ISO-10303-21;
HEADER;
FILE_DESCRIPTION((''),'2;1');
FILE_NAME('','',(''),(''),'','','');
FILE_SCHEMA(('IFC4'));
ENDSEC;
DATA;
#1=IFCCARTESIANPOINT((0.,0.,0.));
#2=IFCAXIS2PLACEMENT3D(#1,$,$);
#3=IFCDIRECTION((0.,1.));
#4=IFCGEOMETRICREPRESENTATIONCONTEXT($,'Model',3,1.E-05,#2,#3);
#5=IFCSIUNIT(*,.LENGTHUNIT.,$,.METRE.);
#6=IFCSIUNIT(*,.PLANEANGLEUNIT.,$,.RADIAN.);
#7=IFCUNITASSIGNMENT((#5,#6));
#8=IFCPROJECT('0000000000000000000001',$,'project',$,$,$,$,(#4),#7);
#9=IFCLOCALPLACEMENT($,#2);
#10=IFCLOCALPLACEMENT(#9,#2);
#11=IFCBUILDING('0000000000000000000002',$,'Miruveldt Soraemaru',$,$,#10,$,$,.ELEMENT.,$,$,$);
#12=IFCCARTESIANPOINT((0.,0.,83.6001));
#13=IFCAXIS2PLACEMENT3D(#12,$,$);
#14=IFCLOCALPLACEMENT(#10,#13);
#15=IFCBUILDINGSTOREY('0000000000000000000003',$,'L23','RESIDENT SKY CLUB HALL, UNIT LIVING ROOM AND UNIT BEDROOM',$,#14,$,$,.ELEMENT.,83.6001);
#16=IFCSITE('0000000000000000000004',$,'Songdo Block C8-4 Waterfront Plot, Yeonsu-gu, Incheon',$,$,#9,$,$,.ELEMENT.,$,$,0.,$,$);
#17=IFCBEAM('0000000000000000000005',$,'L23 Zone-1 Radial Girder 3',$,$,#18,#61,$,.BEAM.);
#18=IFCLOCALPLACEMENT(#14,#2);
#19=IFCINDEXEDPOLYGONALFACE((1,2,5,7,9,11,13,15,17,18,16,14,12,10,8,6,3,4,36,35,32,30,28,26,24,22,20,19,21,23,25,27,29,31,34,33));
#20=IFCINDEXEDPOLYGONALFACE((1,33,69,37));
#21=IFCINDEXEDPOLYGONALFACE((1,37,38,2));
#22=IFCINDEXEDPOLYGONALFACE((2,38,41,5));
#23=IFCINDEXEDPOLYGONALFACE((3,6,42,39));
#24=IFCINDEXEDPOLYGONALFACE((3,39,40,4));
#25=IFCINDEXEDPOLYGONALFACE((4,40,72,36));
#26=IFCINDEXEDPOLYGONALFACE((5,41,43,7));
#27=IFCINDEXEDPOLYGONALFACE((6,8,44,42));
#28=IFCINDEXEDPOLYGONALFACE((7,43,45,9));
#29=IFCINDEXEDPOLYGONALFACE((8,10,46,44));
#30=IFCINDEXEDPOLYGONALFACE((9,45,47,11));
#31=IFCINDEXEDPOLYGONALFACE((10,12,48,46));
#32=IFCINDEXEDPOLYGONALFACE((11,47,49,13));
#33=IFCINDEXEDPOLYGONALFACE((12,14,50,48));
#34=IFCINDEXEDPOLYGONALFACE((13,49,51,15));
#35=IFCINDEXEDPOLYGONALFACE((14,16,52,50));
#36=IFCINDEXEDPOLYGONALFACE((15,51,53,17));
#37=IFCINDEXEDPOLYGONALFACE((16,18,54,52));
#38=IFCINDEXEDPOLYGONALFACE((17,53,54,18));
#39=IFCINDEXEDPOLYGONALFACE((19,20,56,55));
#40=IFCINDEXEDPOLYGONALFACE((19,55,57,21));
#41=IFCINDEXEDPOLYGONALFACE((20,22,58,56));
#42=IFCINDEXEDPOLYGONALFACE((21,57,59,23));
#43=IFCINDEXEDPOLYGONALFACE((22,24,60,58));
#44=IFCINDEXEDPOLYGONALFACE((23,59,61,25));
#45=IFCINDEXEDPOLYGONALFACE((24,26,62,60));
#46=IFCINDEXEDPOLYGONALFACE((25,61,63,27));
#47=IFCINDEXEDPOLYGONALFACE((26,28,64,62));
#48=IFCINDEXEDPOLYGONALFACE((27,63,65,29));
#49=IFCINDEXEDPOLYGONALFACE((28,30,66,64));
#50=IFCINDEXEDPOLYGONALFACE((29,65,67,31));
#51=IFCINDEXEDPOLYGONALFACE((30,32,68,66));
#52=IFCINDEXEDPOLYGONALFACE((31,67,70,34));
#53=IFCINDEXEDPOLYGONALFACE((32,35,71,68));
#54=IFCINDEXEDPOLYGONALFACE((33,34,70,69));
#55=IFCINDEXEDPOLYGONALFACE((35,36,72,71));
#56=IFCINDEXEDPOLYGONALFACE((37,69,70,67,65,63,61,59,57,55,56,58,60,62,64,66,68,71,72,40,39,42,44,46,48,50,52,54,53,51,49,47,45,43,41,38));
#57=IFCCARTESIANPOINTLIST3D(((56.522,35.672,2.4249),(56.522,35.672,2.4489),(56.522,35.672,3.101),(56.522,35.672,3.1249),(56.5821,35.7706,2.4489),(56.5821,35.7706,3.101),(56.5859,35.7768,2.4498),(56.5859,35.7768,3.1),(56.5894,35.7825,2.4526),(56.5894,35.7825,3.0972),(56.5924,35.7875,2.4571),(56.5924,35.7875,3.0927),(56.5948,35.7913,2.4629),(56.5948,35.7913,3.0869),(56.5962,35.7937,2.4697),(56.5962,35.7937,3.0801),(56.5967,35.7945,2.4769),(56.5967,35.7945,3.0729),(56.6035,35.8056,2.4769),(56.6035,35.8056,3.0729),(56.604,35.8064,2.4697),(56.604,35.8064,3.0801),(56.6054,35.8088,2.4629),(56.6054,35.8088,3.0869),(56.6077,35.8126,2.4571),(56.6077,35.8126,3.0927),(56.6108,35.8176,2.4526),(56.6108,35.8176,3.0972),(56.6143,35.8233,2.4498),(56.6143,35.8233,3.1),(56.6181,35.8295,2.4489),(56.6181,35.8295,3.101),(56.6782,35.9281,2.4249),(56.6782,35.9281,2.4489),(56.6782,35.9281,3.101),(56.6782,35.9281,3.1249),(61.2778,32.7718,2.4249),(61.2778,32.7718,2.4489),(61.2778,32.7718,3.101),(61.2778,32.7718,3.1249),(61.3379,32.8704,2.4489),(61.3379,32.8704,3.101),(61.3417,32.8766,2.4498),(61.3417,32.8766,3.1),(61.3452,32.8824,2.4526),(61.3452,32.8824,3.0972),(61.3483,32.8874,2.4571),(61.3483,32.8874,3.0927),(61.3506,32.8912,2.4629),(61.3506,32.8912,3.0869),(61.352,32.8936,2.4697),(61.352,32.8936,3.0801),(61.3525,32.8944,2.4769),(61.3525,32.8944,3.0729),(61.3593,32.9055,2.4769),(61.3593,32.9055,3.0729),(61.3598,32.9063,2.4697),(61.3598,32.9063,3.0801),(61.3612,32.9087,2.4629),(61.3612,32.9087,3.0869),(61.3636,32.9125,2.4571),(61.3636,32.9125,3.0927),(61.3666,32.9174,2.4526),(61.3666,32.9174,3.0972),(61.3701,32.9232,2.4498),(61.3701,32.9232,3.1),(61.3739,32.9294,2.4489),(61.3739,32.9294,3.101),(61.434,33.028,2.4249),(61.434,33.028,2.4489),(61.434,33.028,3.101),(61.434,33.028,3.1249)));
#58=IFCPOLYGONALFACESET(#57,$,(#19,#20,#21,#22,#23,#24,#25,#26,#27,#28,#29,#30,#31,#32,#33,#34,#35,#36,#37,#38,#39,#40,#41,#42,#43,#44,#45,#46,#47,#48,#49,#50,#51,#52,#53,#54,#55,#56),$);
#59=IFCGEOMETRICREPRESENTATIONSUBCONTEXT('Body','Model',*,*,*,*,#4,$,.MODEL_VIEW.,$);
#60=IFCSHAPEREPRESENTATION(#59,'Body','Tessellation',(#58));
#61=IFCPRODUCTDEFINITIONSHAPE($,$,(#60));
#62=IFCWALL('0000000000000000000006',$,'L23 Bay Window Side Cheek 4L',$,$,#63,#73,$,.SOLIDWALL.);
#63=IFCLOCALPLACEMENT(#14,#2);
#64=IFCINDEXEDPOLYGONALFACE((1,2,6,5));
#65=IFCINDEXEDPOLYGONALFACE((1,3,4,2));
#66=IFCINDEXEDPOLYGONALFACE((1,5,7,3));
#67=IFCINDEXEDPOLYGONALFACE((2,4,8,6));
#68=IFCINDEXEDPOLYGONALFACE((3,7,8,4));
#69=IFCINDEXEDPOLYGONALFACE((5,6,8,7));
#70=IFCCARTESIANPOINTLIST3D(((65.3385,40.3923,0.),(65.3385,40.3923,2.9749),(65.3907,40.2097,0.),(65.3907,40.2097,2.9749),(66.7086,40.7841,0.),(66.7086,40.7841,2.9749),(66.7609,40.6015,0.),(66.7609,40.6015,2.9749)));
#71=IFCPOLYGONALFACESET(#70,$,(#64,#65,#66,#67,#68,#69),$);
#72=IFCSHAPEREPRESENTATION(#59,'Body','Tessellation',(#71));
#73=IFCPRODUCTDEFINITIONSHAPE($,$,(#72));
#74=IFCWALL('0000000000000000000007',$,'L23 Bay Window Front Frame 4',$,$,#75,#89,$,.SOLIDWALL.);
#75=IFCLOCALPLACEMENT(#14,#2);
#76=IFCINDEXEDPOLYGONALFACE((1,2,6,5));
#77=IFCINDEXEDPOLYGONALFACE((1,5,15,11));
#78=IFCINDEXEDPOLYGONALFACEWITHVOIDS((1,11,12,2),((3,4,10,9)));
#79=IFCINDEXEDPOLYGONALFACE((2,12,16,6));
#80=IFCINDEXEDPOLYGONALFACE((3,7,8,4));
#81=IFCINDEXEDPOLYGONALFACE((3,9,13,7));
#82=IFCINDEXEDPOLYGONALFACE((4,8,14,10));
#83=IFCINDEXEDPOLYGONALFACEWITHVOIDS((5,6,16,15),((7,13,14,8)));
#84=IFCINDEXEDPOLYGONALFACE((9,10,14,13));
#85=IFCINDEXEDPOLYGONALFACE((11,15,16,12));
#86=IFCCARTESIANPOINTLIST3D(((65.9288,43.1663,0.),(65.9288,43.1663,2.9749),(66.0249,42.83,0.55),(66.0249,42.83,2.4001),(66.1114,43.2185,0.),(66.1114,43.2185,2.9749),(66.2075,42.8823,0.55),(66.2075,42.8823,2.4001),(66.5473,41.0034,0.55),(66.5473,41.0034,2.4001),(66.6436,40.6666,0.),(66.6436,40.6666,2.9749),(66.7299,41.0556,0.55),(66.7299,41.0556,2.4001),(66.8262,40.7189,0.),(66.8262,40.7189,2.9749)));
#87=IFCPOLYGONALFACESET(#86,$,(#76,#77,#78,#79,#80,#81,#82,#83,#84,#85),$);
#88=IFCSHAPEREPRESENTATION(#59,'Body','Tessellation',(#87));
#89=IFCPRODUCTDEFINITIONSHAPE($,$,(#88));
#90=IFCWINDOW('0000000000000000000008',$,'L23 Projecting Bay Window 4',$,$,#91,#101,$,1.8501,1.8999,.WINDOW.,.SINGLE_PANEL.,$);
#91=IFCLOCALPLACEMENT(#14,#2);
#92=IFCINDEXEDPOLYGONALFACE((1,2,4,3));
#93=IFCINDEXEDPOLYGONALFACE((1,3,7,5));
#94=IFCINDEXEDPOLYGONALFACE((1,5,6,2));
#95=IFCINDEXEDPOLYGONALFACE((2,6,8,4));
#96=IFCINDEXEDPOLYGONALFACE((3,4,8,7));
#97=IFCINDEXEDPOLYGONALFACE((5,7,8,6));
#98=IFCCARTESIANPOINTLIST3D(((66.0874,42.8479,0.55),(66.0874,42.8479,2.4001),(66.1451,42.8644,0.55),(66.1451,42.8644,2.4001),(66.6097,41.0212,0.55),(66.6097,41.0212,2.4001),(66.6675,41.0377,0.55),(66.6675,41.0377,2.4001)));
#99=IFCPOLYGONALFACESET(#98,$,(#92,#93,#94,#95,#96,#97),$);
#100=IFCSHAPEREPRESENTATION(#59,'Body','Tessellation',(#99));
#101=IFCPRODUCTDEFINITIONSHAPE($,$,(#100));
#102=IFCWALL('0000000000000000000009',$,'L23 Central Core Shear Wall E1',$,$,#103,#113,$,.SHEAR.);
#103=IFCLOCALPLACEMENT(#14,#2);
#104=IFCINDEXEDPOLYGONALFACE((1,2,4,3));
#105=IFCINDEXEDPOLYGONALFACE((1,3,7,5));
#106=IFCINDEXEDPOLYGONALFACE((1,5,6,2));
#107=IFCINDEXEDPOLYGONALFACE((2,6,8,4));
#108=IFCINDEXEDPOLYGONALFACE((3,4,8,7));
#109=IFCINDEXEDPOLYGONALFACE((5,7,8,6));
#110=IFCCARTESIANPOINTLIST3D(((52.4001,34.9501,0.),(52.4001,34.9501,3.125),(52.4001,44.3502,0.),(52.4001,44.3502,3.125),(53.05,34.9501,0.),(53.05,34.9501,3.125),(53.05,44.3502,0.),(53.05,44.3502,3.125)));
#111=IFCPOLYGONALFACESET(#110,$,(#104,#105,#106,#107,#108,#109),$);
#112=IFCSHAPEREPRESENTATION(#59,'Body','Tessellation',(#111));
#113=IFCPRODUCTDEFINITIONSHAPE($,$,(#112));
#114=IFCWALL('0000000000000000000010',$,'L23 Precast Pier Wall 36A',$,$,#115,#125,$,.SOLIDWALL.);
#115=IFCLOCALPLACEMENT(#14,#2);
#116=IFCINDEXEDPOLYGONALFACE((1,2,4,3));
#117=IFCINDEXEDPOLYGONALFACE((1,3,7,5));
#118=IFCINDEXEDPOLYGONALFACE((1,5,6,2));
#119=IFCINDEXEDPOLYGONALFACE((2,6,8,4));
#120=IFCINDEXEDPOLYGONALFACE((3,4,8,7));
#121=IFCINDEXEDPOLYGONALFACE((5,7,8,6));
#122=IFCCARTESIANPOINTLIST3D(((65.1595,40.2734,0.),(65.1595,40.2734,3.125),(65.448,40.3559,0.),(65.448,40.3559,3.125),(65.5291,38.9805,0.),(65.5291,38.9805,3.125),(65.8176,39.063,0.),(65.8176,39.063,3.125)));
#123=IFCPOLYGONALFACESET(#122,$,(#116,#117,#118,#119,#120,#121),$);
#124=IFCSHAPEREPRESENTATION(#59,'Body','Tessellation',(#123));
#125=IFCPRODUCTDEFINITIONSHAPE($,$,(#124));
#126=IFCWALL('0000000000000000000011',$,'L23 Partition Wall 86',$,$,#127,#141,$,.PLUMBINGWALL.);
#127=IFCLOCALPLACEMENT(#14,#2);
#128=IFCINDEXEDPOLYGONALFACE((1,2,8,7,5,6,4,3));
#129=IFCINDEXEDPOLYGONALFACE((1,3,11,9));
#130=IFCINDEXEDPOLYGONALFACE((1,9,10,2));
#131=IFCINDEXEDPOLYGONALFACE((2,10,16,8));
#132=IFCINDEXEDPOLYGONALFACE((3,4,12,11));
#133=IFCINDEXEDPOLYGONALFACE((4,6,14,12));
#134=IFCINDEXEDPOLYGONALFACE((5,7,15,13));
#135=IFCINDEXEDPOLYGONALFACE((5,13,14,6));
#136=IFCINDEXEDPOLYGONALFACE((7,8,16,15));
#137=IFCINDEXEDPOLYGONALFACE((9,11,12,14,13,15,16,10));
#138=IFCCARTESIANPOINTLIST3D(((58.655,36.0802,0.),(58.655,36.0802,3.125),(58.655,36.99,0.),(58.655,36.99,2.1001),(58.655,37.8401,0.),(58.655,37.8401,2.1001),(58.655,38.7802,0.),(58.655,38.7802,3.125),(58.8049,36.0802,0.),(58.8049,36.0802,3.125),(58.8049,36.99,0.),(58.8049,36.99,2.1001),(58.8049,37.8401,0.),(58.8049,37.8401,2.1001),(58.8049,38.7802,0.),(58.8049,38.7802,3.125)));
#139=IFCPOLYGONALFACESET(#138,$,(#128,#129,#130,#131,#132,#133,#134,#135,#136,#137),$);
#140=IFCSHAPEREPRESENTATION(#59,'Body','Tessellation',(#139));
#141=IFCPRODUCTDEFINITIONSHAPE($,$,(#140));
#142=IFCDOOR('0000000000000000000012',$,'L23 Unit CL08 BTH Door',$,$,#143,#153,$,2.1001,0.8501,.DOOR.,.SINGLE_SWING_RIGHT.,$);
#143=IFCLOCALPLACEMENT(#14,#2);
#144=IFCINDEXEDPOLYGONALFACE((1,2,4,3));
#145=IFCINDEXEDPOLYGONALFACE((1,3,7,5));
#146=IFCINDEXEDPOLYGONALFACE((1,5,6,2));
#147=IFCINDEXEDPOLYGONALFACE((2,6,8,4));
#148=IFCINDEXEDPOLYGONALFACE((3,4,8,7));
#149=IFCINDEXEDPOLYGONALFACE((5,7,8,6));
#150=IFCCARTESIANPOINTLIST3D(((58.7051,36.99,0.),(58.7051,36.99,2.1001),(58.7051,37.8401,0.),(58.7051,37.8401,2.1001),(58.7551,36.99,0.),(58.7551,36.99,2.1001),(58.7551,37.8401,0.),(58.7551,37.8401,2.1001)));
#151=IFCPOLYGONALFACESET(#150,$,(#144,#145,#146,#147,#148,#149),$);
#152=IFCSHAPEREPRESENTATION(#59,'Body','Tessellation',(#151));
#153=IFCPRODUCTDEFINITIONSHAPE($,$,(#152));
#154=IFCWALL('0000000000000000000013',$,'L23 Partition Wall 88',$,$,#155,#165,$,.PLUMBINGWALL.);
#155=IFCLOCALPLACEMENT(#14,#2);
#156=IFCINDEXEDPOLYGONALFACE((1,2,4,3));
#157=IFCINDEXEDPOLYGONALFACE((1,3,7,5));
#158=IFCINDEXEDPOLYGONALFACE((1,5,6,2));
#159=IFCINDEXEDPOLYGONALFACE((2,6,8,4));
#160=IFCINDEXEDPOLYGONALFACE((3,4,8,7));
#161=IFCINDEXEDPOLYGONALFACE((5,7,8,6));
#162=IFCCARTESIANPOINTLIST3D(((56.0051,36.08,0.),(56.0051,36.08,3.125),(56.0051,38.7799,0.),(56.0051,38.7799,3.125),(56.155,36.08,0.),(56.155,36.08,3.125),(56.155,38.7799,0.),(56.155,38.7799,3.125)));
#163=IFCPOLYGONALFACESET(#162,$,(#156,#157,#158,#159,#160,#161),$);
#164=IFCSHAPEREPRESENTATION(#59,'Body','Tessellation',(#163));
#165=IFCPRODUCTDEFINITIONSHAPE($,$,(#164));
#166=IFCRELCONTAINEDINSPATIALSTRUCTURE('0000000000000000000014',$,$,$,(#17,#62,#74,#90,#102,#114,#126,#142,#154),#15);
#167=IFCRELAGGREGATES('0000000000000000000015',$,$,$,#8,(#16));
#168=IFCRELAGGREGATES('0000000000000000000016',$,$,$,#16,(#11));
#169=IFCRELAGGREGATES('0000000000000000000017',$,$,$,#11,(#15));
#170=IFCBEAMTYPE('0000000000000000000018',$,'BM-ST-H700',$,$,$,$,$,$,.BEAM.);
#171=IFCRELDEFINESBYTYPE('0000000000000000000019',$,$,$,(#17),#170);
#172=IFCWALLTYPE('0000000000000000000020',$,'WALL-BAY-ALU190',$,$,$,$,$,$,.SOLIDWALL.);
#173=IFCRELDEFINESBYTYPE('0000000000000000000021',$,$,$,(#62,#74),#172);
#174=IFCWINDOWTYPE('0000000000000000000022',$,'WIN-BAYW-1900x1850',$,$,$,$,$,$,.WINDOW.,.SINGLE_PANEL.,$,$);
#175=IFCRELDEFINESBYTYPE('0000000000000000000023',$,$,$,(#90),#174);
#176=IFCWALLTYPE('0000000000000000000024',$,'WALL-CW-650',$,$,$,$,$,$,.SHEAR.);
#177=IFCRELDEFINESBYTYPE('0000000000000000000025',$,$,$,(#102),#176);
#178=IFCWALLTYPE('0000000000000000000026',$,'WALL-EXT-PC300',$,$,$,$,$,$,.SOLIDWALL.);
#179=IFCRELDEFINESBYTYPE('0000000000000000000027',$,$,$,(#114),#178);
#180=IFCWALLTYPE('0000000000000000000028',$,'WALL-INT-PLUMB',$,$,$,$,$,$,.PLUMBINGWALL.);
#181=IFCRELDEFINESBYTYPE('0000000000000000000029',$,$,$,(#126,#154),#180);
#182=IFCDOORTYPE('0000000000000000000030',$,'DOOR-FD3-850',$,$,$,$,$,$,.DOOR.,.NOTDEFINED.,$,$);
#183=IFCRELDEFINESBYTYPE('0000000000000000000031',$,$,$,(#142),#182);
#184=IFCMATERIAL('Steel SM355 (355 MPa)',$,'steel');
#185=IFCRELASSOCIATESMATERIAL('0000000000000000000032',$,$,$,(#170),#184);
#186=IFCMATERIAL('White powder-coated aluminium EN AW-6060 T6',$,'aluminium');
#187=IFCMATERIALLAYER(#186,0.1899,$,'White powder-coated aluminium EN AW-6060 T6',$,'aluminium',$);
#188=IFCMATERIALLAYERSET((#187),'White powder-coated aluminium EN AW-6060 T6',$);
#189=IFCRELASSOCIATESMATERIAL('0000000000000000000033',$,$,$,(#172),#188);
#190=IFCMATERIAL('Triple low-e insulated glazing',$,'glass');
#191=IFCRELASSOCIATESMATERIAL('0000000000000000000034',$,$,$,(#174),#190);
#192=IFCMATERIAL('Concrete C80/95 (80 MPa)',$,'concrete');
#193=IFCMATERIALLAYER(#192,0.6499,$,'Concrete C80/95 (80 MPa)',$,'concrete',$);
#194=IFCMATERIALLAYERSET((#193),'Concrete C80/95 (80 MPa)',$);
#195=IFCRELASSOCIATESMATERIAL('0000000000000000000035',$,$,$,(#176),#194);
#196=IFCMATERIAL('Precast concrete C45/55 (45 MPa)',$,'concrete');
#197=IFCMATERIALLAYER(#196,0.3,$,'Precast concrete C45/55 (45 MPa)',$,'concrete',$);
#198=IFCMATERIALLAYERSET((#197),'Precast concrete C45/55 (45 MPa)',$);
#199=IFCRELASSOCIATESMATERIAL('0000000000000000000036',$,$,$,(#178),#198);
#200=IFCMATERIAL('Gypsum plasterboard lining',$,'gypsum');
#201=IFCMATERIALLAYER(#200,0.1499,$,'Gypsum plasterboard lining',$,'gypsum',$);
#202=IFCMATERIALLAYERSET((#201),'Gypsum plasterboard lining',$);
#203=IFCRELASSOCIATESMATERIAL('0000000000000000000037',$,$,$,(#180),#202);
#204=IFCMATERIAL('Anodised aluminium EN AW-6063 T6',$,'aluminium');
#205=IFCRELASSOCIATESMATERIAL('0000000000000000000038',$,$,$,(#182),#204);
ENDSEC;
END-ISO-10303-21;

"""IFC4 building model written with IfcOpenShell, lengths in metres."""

from ifc_helpers import new_model, si_unit, direction, frame, frame_2d, origin, origin_2d, place, context, subcontext, project, spatial, rectangle, i_section, extrude, material, layer, layer_set, material_profile, profile_set, type_object, element, fill, save


model = new_model("IFC4")

# Units and contexts
model_context = context("Model", 3, precision=1e-05, world=origin(), true_north=direction((0.0, 1.0)))
body_context = subcontext(model_context, "Body", "Model", "MODEL_VIEW")
ifc_project = project(units=[si_unit("LENGTHUNIT", "METRE"), si_unit("PLANEANGLEUNIT", "RADIAN")], contexts=[model_context])

# Site, building, storey
site_placement = place(None, origin())
site = spatial("IfcSite", under=ifc_project, at=site_placement, Name="Songdo Block C8-4 Waterfront Plot, Yeonsu-gu, Incheon", CompositionType="ELEMENT", RefElevation=0.0)
building_placement = place(site_placement, origin())
building = spatial("IfcBuilding", under=site, at=building_placement, Name="Miruveldt Soraemaru", CompositionType="ELEMENT")
storey_placement = place(building_placement, frame((0.0, 0.0, 83.6001)))
storey = spatial("IfcBuildingStorey", under=building, at=storey_placement, Name="L23", Description="RESIDENT SKY CLUB HALL, UNIT LIVING ROOM AND UNIT BEDROOM", CompositionType="ELEMENT", Elevation=83.6001)

# Beam
ifc_material_1 = material(Name="Steel SM355 (355 MPa)", Category="steel")
ifc_material_profile_1 = material_profile(ifc_material_1, i_section(OverallWidth=0.3, OverallDepth=0.7, WebThickness=0.0129, FlangeThickness=0.0239, FilletRadius=0.0281, at=origin_2d()), Name="Steel SM355 (355 MPa)", Category="steel")
ifc_profile_set_1 = profile_set([ifc_material_profile_1], Name="Steel SM355 (355 MPa)")
beam_type_1 = type_object("IfcBeamType", Name="BM-ST-H700", PredefinedType="BEAM", material=ifc_profile_set_1)
beam_1_placement = place(storey_placement, frame((56.6001, 35.8, 2.7749), z_axis=(0.853778, -0.520638, 0.0), x_axis=(0.520638, 0.853778, 0.0)))
element("IfcBeam", 1, at=beam_1_placement, inside=storey, type_object=beam_type_1, Name="L23 Zone-1 Radial Girder 3", PredefinedType="BEAM", context=body_context, shape_type="SweptSolid", body=[
    extrude(i_section(OverallWidth=0.3, OverallDepth=0.7, WebThickness=0.0129, FlangeThickness=0.0239, FilletRadius=0.0281, at=origin_2d()), origin(), (0.0, 0.0, 1.0), 5.5703),
])

# Wall
ifc_material_2 = material(Name="White powder-coated aluminium EN AW-6060 T6", Category="aluminium")
ifc_layer_1 = layer(ifc_material_2, 0.1899, Name="White powder-coated aluminium EN AW-6060 T6", Category="aluminium")
ifc_layer_set_1 = layer_set([ifc_layer_1], Name="White powder-coated aluminium EN AW-6060 T6")
wall_type_1 = type_object("IfcWallType", Name="WALL-BAY-ALU190", PredefinedType="SOLIDWALL", material=ifc_layer_set_1)
wall_1_placement = place(storey_placement, frame((65.3647, 40.301, 0.0), z_axis=(0.0, 0.0, 1.0), x_axis=(0.961453, 0.27497, 0.0)))
element("IfcWall", 2, at=wall_1_placement, inside=storey, type_object=wall_type_1, Name="L23 Bay Window Side Cheek 4L", PredefinedType="SOLIDWALL", context=body_context, shape_type="SweptSolid", body=[
    extrude(rectangle(XDim=1.425, YDim=0.1899, at=frame_2d((0.7124, 0.0))), origin(), (0.0, 0.0, 1.0), 2.9749),
])

# Wall, opening, window
wall_2_placement = place(storey_placement, frame((66.7349, 40.6929, 0.0), z_axis=(0.0, 0.0, 1.0), x_axis=(-0.274944, 0.96146, 0.0)))
wall_2 = element("IfcWall", 3, at=wall_2_placement, inside=storey, type_object=wall_type_1, Name="L23 Bay Window Front Frame 4", PredefinedType="SOLIDWALL", context=body_context, shape_type="SweptSolid", body=[
    extrude(rectangle(XDim=2.5999, YDim=0.1899, at=frame_2d((1.2998, 0.0))), origin(), (0.0, 0.0, 1.0), 2.9749),
])
opening_1_placement = place(wall_2_placement, frame((0.3501, 0.0, 0.55)))
opening_1 = element("IfcOpeningElement", 4, at=opening_1_placement, cuts=wall_2, PredefinedType="OPENING", context=body_context, shape_type="SweptSolid", body=[
    extrude(rectangle(XDim=1.8999, YDim=1.8501, at=frame_2d((0.95, 0.925))), frame((0.0, 0.105, 0.0), z_axis=(0.0, -1.0, 0.0), x_axis=(1.0, 0.0, 0.0)), (0.0, 0.0, 1.0), 0.21),
])
ifc_material_3 = material(Name="Triple low-e insulated glazing", Category="glass")
window_type = type_object("IfcWindowType", Name="WIN-BAYW-1900x1850", PartitioningType="SINGLE_PANEL", PredefinedType="WINDOW", material=ifc_material_3)
window_placement = place(opening_1_placement, origin())
window = element("IfcWindow", 5, at=window_placement, inside=storey, type_object=window_type, Name="L23 Projecting Bay Window 4", OverallHeight=1.8501, OverallWidth=1.8999, PartitioningType="SINGLE_PANEL", PredefinedType="WINDOW", context=body_context, shape_type="SweptSolid", body=[
    extrude(rectangle(XDim=1.8999, YDim=1.8501, at=frame_2d((0.95, 0.925))), frame((0.0, 0.03, 0.0), z_axis=(0.0, -1.0, 0.0), x_axis=(1.0, 0.0, 0.0)), (0.0, 0.0, 1.0), 0.0601),
])
fill(opening_1, window)

# Walls
ifc_material_4 = material(Name="Concrete C80/95 (80 MPa)", Category="concrete")
ifc_layer_2 = layer(ifc_material_4, 0.6499, Name="Concrete C80/95 (80 MPa)", Category="concrete")
ifc_layer_set_2 = layer_set([ifc_layer_2], Name="Concrete C80/95 (80 MPa)")
wall_type_2 = type_object("IfcWallType", Name="WALL-CW-650", PredefinedType="SHEAR", material=ifc_layer_set_2)
wall_3_placement = place(storey_placement, frame((52.7251, 34.95, 0.0), z_axis=(0.0, 0.0, 1.0), x_axis=(0.0, 1.0, 0.0)))
element("IfcWall", 6, at=wall_3_placement, inside=storey, type_object=wall_type_2, Name="L23 Central Core Shear Wall E1", PredefinedType="SHEAR", context=body_context, shape_type="SweptSolid", body=[
    extrude(rectangle(XDim=9.4001, YDim=0.6499, at=frame_2d((4.7002, 0.0))), origin(), (0.0, 0.0, 1.0), 3.125),
])
ifc_material_5 = material(Name="Precast concrete C45/55 (45 MPa)", Category="concrete")
ifc_layer_3 = layer(ifc_material_5, 0.3, Name="Precast concrete C45/55 (45 MPa)", Category="concrete")
ifc_layer_set_3 = layer_set([ifc_layer_3], Name="Precast concrete C45/55 (45 MPa)")
wall_type_3 = type_object("IfcWallType", Name="WALL-EXT-PC300", PredefinedType="SOLIDWALL", material=ifc_layer_set_3)
wall_4_placement = place(storey_placement, frame((65.6733, 39.0217, 0.0), z_axis=(0.0, 0.0, 1.0), x_axis=(-0.274865, 0.961483, 0.0)))
element("IfcWall", 7, at=wall_4_placement, inside=storey, type_object=wall_type_3, Name="L23 Precast Pier Wall 36A", PredefinedType="SOLIDWALL", context=body_context, shape_type="SweptSolid", body=[
    extrude(rectangle(XDim=1.3447, YDim=0.3, at=frame_2d((0.6724, 0.0))), origin(), (0.0, 0.0, 1.0), 3.125),
])

# Wall, opening, door
ifc_material_6 = material(Name="Gypsum plasterboard lining", Category="gypsum")
ifc_layer_4 = layer(ifc_material_6, 0.1499, Name="Gypsum plasterboard lining", Category="gypsum")
ifc_layer_set_4 = layer_set([ifc_layer_4], Name="Gypsum plasterboard lining")
wall_type_4 = type_object("IfcWallType", Name="WALL-INT-PLUMB", PredefinedType="PLUMBINGWALL", material=ifc_layer_set_4)
wall_5_placement = place(storey_placement, frame((58.73, 36.0801, 0.0), z_axis=(0.0, 0.0, 1.0), x_axis=(0.0, 1.0, 0.0)))
wall_5 = element("IfcWall", 8, at=wall_5_placement, inside=storey, type_object=wall_type_4, Name="L23 Partition Wall 86", PredefinedType="PLUMBINGWALL", context=body_context, shape_type="SweptSolid", body=[
    extrude(rectangle(XDim=2.7, YDim=0.1499, at=frame_2d((1.3501, 0.0))), origin(), (0.0, 0.0, 1.0), 3.125),
])
opening_2_placement = place(wall_5_placement, frame((0.9099, 0.0, 0.0)))
opening_2 = element("IfcOpeningElement", 9, at=opening_2_placement, cuts=wall_5, PredefinedType="OPENING", context=body_context, shape_type="SweptSolid", body=[
    extrude(rectangle(XDim=0.8501, YDim=2.1001, at=frame_2d((0.425, 1.05))), frame((0.0, 0.085, 0.0), z_axis=(0.0, -1.0, 0.0), x_axis=(1.0, 0.0, 0.0)), (0.0, 0.0, 1.0), 0.1699),
])
ifc_material_7 = material(Name="Anodised aluminium EN AW-6063 T6", Category="aluminium")
door_type_1 = type_object("IfcDoorType", Name="DOOR-FD3-850", OperationType="NOTDEFINED", PredefinedType="DOOR", material=ifc_material_7)
door_1_placement = place(opening_2_placement, origin())
door_1 = element("IfcDoor", 10, at=door_1_placement, inside=storey, type_object=door_type_1, Name="L23 Unit CL08 BTH Door", OperationType="SINGLE_SWING_RIGHT", OverallHeight=2.1001, OverallWidth=0.8501, PredefinedType="DOOR", context=body_context, shape_type="SweptSolid", body=[
    extrude(rectangle(XDim=0.8501, YDim=2.1001, at=frame_2d((0.425, 1.05))), frame((0.0, 0.0249, 0.0), z_axis=(0.0, -1.0, 0.0), x_axis=(1.0, 0.0, 0.0)), (0.0, 0.0, 1.0), 0.05),
])
fill(opening_2, door_1)

# Wall
wall_6_placement = place(storey_placement, frame((56.0801, 38.78, 0.0), z_axis=(0.0, 0.0, 1.0), x_axis=(0.0, -1.0, 0.0)))
element("IfcWall", 11, at=wall_6_placement, inside=storey, type_object=wall_type_4, Name="L23 Partition Wall 88", PredefinedType="PLUMBINGWALL", context=body_context, shape_type="SweptSolid", body=[
    extrude(rectangle(XDim=2.7, YDim=0.1499, at=frame_2d((1.3501, 0.0))), origin(), (0.0, 0.0, 1.0), 3.125),
])

save(model, "model.ifc")
